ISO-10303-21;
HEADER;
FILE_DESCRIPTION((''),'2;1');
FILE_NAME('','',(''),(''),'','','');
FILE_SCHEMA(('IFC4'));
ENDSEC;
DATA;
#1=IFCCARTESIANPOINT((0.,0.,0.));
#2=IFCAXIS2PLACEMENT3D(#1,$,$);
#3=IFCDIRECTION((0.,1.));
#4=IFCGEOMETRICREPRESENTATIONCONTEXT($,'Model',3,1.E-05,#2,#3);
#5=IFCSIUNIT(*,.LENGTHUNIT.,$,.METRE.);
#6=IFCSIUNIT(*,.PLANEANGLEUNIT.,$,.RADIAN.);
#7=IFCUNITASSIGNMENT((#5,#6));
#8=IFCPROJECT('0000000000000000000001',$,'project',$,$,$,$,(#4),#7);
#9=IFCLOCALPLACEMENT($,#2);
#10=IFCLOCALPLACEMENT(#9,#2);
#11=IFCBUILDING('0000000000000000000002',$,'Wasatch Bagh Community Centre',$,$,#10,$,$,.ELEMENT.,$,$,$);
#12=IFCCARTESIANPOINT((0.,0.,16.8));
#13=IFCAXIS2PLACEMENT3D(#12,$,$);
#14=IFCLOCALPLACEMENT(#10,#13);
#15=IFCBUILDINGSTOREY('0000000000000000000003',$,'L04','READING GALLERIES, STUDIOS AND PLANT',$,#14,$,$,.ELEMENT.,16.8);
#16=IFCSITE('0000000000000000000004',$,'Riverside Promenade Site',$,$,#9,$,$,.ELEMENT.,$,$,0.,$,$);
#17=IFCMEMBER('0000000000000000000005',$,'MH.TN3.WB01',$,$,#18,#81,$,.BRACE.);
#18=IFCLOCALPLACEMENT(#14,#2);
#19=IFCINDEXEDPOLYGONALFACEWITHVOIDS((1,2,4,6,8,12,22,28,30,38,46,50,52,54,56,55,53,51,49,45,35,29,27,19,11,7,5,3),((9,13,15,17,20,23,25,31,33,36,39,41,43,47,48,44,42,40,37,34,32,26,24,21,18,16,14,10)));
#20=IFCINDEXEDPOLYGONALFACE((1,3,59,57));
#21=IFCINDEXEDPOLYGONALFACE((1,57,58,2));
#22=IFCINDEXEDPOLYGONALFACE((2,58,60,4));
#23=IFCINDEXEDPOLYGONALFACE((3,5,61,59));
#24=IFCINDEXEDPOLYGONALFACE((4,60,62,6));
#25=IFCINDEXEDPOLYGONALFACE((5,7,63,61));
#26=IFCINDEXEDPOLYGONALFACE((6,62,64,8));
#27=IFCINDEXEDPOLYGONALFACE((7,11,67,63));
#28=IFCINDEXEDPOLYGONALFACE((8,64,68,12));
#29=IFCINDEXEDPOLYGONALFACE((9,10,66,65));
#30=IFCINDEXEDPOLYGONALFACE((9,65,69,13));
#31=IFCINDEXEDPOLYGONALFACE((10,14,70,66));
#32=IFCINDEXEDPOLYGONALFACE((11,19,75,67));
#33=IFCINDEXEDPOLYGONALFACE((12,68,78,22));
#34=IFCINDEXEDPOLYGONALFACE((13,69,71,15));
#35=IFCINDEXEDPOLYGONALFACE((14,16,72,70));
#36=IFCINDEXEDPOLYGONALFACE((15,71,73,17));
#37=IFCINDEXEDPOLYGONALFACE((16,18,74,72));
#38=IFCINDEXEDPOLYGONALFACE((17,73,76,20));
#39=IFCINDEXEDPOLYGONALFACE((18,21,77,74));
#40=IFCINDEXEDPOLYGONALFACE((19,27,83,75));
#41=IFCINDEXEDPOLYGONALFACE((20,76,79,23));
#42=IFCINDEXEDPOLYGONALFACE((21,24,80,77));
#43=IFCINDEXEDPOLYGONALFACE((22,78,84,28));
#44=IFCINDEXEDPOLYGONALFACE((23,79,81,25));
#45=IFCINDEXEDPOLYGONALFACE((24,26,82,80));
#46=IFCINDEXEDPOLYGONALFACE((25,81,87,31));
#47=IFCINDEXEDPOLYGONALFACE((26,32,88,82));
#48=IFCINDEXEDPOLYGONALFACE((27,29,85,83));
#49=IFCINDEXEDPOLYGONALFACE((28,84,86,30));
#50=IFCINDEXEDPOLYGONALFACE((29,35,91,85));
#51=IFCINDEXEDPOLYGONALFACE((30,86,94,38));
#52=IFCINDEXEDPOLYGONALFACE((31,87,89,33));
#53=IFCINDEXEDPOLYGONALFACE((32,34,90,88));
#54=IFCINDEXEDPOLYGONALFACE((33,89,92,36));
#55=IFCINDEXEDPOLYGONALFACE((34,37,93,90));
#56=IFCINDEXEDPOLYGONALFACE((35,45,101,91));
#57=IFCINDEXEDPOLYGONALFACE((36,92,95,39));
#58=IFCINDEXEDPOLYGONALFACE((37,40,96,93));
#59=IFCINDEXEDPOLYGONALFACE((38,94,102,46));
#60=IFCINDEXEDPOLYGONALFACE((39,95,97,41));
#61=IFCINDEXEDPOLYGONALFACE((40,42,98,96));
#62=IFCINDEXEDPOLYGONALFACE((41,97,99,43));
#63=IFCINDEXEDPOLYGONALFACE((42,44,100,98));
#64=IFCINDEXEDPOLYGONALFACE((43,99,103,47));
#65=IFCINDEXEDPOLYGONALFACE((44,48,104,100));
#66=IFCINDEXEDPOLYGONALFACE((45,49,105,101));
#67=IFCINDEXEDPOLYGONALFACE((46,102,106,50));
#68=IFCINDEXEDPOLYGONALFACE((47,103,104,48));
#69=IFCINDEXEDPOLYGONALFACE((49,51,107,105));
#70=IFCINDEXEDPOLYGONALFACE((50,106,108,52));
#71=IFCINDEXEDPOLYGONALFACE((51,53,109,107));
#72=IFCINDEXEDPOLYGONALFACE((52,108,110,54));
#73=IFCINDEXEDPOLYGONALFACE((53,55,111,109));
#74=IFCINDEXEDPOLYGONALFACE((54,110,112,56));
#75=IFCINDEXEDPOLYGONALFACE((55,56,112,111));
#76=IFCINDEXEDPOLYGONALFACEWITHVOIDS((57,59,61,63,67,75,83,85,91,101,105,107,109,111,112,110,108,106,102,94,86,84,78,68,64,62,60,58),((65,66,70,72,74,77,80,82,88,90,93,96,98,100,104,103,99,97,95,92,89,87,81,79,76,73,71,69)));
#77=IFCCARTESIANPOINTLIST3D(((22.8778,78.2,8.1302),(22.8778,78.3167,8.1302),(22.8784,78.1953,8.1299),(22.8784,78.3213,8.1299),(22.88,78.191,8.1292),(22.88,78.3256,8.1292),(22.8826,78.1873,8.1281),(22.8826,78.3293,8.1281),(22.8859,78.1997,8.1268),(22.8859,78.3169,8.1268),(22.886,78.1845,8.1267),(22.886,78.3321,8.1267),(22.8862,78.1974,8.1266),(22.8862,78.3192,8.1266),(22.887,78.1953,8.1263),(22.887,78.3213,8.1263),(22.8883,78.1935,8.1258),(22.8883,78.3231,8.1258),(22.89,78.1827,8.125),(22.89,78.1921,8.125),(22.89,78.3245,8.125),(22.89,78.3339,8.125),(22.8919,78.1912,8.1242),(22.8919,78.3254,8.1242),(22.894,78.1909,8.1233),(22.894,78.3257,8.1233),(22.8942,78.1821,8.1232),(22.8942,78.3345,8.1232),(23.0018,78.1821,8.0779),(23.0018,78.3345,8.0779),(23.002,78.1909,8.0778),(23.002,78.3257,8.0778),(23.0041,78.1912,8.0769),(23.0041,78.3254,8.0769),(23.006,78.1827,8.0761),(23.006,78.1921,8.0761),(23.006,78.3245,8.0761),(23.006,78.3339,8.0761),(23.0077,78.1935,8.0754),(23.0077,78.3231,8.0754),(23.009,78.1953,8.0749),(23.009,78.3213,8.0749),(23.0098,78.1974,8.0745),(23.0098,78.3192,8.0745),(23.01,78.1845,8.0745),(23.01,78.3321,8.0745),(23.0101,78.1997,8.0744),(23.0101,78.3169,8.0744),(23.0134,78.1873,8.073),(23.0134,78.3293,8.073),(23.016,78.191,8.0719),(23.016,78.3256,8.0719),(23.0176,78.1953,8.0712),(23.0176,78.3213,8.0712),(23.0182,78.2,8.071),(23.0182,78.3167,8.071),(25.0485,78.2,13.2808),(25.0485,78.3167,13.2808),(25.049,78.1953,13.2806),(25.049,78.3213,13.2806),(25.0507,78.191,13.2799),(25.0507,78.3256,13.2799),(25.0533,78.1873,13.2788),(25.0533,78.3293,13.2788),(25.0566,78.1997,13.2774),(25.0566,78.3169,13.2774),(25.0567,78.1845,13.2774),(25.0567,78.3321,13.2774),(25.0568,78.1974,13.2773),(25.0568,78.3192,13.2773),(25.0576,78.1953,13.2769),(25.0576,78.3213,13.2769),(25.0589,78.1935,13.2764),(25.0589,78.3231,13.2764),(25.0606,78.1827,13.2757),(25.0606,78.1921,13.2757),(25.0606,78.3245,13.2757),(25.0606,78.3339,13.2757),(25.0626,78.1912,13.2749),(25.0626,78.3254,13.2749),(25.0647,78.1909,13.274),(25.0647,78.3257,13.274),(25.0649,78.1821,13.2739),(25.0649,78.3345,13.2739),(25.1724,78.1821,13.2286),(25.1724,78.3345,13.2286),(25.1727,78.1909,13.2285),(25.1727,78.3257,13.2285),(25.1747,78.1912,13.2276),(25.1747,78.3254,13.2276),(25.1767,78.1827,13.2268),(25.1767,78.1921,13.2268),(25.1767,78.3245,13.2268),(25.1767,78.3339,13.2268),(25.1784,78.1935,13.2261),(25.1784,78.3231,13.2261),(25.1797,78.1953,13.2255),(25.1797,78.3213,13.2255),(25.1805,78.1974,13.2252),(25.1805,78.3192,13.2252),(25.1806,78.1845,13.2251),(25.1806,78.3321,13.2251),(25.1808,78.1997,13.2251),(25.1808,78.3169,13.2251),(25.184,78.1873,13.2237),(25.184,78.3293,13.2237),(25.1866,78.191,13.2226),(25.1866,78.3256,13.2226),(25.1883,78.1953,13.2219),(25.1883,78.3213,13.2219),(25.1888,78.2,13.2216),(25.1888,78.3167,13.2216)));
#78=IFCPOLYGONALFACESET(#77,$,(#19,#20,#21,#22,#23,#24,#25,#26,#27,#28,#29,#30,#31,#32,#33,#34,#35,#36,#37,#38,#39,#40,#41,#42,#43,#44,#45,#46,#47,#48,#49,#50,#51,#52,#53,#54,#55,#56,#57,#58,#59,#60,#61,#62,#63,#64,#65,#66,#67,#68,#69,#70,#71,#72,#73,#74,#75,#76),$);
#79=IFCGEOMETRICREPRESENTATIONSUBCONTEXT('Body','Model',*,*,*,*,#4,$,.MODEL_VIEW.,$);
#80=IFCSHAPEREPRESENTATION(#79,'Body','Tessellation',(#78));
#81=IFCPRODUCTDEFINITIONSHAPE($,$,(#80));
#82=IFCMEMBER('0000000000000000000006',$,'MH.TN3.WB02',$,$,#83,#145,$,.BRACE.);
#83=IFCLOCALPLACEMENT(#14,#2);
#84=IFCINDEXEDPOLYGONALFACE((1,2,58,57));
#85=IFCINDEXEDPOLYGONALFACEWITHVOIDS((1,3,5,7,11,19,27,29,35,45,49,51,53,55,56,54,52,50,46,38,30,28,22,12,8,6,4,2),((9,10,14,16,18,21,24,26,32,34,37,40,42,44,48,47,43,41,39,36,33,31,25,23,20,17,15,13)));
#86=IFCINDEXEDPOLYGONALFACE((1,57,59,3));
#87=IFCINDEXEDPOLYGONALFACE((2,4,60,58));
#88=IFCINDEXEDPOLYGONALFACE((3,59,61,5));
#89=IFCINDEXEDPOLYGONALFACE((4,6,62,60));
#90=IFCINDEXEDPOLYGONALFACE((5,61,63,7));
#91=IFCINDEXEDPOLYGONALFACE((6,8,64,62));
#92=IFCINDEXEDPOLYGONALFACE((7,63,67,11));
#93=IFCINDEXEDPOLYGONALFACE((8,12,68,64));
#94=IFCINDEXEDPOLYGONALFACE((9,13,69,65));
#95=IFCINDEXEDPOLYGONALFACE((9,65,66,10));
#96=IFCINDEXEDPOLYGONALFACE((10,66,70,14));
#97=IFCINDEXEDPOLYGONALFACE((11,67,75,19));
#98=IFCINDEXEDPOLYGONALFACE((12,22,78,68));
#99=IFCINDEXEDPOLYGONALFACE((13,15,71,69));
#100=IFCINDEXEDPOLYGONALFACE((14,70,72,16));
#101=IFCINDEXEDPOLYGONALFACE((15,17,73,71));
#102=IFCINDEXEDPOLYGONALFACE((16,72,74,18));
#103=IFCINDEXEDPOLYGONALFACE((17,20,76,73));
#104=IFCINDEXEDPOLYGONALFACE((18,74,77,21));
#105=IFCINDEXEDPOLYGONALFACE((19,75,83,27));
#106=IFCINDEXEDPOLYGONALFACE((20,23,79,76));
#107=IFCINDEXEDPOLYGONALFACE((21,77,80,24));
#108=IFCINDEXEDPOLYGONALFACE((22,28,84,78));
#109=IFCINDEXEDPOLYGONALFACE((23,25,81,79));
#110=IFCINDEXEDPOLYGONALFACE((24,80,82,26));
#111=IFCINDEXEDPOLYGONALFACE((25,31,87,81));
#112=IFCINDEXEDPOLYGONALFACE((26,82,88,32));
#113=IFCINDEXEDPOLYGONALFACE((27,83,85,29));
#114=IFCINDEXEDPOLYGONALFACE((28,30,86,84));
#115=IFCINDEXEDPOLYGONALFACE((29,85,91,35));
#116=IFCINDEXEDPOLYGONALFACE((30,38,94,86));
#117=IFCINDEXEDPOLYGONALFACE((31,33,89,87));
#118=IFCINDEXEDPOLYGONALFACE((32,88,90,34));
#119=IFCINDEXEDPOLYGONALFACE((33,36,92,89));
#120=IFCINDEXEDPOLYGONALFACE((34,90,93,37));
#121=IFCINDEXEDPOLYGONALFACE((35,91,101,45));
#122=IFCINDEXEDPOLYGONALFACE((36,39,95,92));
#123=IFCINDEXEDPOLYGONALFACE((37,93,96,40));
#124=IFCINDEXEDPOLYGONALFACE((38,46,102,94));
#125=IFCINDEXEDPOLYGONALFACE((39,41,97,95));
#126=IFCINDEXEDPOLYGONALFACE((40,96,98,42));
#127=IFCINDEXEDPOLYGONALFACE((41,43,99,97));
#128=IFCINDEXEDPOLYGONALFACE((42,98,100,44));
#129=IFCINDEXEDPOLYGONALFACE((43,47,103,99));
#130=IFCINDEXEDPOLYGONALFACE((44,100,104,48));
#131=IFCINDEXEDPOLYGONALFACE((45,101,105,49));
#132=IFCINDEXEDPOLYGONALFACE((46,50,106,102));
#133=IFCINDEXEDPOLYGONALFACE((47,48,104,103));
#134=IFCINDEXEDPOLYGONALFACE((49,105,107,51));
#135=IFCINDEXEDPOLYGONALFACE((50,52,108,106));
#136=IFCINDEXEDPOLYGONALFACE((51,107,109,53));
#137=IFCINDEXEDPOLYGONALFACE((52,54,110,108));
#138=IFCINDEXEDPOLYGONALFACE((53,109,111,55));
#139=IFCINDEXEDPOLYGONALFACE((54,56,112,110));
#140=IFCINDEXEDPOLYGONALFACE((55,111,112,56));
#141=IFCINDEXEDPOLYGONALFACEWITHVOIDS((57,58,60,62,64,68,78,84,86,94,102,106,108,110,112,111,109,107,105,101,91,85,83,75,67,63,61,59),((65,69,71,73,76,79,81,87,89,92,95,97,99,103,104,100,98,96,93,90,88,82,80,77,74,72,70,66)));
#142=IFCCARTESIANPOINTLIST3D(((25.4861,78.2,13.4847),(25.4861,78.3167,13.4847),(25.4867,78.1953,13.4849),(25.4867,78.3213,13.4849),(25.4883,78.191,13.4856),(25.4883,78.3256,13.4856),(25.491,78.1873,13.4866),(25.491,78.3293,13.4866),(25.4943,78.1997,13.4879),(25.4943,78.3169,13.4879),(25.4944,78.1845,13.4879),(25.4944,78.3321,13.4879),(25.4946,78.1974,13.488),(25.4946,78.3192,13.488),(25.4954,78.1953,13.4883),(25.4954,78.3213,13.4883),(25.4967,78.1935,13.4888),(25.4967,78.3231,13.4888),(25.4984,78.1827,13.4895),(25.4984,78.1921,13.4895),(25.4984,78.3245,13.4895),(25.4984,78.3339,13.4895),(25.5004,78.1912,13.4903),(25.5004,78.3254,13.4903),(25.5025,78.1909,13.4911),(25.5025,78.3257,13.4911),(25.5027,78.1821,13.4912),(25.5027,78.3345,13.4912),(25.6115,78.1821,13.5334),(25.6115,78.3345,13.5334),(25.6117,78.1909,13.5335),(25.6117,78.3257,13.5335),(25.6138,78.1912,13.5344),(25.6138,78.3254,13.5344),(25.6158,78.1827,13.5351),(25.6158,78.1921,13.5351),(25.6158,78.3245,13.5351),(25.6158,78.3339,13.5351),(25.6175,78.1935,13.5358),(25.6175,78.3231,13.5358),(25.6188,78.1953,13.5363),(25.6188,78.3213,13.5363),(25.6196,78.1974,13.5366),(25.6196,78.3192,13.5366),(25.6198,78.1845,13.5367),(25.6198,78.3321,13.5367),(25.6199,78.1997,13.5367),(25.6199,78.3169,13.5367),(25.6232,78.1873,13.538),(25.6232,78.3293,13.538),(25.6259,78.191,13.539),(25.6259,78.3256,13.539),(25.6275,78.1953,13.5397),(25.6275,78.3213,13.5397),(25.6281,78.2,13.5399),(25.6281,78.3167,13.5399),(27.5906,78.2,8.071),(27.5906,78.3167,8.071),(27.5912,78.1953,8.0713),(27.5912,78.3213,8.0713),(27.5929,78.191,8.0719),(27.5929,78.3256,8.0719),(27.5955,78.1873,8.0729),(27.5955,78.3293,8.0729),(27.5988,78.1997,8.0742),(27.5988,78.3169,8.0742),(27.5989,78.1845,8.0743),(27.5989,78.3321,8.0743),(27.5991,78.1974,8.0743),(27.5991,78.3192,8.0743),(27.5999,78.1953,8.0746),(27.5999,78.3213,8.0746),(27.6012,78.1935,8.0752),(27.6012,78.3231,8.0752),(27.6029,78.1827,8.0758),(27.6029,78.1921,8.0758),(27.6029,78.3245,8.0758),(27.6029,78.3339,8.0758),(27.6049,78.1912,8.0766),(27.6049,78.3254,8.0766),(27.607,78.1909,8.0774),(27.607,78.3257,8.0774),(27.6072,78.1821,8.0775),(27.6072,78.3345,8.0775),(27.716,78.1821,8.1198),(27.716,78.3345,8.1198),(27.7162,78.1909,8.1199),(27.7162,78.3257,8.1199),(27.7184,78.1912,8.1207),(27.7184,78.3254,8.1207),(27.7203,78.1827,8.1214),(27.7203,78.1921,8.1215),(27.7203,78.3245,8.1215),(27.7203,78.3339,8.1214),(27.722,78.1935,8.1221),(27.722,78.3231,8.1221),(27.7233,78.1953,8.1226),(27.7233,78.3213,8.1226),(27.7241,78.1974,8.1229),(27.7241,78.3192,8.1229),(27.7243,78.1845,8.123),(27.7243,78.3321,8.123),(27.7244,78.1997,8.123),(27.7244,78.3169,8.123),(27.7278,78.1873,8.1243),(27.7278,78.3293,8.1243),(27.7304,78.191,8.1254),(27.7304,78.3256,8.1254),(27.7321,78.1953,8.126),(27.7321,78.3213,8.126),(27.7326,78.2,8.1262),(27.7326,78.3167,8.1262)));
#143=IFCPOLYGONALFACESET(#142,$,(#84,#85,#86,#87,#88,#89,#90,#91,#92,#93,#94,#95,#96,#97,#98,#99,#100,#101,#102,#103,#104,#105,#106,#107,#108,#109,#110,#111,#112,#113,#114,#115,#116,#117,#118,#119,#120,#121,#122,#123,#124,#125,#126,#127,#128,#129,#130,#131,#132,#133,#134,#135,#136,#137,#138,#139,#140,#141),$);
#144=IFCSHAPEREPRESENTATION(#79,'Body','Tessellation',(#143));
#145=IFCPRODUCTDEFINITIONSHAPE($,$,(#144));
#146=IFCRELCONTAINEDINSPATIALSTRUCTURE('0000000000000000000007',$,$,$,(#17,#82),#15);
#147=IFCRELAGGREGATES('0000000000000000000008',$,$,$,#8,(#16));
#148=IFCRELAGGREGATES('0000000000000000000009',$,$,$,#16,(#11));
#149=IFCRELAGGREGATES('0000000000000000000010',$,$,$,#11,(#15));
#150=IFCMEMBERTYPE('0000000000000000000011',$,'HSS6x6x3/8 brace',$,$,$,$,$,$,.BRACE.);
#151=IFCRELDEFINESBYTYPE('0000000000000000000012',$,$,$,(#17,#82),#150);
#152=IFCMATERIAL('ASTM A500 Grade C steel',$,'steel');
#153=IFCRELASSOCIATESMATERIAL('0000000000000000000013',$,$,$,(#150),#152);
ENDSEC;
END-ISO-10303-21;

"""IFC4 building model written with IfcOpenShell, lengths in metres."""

from ifc_helpers import new_model, si_unit, direction, frame, origin, origin_2d, place, context, subcontext, project, spatial, hollow_rectangle, extrude, material, material_profile, profile_set, type_object, element, save


model = new_model("IFC4")

# Units and contexts
model_context = context("Model", 3, precision=1e-05, world=origin(), true_north=direction((0.0, 1.0)))
body_context = subcontext(model_context, "Body", "Model", "MODEL_VIEW")
ifc_project = project(units=[si_unit("LENGTHUNIT", "METRE"), si_unit("PLANEANGLEUNIT", "RADIAN")], contexts=[model_context])

# Site, building, storey
site_placement = place(None, origin())
site = spatial("IfcSite", under=ifc_project, at=site_placement, Name="Riverside Promenade Site", CompositionType="ELEMENT", RefElevation=0.0)
building_placement = place(site_placement, origin())
building = spatial("IfcBuilding", under=site, at=building_placement, Name="Wasatch Bagh Community Centre", CompositionType="ELEMENT")
storey_placement = place(building_placement, frame((0.0, 0.0, 16.8)))
storey = spatial("IfcBuildingStorey", under=building, at=storey_placement, Name="L04", Description="READING GALLERIES, STUDIOS AND PLANT", CompositionType="ELEMENT", Elevation=16.8)

# Members
ifc_material_1 = material(Name="ASTM A500 Grade C steel", Category="steel")
ifc_material_profile_1 = material_profile(ifc_material_1, hollow_rectangle(XDim=0.1523, YDim=0.1523, WallThickness=0.0088, InnerFilletRadius=0.0088, OuterFilletRadius=0.0178, at=origin_2d()), Name="HSS6x6x3/8")
ifc_profile_set_1 = profile_set([ifc_material_profile_1], Name="ASTM A500 Grade C steel")
member_type_1 = type_object("IfcMemberType", Name="HSS6x6x3/8 brace", PredefinedType="BRACE", material=ifc_profile_set_1)
member_1_placement = place(storey_placement, frame((22.948, 78.2583, 8.1006), z_axis=(0.388356, 0.0, 0.92151), x_axis=(0.0, 1.0, 0.0)))
element("IfcMember", 1, at=member_1_placement, inside=storey, type_object=member_type_1, Name="MH.TN3.WB01", PredefinedType="BRACE", context=body_context, shape_type="SweptSolid", body=[
    extrude(hollow_rectangle(XDim=0.1523, YDim=0.1523, WallThickness=0.0088, InnerFilletRadius=0.0088, OuterFilletRadius=0.0178, at=origin_2d()), origin(), (0.0, 0.0, 1.0), 5.5894),
])
member_2_placement = place(storey_placement, frame((27.6616, 78.2583, 8.0986), z_axis=(-0.362329, 0.0, 0.93205), x_axis=(0.0, -1.0, 0.0)))
element("IfcMember", 2, at=member_2_placement, inside=storey, type_object=member_type_1, Name="MH.TN3.WB02", PredefinedType="BRACE", context=body_context, shape_type="SweptSolid", body=[
    extrude(hollow_rectangle(XDim=0.1523, YDim=0.1523, WallThickness=0.0088, InnerFilletRadius=0.0088, OuterFilletRadius=0.0178, at=origin_2d()), origin(), (0.0, 0.0, 1.0), 5.8083),
])

save(model, "model.ifc")
